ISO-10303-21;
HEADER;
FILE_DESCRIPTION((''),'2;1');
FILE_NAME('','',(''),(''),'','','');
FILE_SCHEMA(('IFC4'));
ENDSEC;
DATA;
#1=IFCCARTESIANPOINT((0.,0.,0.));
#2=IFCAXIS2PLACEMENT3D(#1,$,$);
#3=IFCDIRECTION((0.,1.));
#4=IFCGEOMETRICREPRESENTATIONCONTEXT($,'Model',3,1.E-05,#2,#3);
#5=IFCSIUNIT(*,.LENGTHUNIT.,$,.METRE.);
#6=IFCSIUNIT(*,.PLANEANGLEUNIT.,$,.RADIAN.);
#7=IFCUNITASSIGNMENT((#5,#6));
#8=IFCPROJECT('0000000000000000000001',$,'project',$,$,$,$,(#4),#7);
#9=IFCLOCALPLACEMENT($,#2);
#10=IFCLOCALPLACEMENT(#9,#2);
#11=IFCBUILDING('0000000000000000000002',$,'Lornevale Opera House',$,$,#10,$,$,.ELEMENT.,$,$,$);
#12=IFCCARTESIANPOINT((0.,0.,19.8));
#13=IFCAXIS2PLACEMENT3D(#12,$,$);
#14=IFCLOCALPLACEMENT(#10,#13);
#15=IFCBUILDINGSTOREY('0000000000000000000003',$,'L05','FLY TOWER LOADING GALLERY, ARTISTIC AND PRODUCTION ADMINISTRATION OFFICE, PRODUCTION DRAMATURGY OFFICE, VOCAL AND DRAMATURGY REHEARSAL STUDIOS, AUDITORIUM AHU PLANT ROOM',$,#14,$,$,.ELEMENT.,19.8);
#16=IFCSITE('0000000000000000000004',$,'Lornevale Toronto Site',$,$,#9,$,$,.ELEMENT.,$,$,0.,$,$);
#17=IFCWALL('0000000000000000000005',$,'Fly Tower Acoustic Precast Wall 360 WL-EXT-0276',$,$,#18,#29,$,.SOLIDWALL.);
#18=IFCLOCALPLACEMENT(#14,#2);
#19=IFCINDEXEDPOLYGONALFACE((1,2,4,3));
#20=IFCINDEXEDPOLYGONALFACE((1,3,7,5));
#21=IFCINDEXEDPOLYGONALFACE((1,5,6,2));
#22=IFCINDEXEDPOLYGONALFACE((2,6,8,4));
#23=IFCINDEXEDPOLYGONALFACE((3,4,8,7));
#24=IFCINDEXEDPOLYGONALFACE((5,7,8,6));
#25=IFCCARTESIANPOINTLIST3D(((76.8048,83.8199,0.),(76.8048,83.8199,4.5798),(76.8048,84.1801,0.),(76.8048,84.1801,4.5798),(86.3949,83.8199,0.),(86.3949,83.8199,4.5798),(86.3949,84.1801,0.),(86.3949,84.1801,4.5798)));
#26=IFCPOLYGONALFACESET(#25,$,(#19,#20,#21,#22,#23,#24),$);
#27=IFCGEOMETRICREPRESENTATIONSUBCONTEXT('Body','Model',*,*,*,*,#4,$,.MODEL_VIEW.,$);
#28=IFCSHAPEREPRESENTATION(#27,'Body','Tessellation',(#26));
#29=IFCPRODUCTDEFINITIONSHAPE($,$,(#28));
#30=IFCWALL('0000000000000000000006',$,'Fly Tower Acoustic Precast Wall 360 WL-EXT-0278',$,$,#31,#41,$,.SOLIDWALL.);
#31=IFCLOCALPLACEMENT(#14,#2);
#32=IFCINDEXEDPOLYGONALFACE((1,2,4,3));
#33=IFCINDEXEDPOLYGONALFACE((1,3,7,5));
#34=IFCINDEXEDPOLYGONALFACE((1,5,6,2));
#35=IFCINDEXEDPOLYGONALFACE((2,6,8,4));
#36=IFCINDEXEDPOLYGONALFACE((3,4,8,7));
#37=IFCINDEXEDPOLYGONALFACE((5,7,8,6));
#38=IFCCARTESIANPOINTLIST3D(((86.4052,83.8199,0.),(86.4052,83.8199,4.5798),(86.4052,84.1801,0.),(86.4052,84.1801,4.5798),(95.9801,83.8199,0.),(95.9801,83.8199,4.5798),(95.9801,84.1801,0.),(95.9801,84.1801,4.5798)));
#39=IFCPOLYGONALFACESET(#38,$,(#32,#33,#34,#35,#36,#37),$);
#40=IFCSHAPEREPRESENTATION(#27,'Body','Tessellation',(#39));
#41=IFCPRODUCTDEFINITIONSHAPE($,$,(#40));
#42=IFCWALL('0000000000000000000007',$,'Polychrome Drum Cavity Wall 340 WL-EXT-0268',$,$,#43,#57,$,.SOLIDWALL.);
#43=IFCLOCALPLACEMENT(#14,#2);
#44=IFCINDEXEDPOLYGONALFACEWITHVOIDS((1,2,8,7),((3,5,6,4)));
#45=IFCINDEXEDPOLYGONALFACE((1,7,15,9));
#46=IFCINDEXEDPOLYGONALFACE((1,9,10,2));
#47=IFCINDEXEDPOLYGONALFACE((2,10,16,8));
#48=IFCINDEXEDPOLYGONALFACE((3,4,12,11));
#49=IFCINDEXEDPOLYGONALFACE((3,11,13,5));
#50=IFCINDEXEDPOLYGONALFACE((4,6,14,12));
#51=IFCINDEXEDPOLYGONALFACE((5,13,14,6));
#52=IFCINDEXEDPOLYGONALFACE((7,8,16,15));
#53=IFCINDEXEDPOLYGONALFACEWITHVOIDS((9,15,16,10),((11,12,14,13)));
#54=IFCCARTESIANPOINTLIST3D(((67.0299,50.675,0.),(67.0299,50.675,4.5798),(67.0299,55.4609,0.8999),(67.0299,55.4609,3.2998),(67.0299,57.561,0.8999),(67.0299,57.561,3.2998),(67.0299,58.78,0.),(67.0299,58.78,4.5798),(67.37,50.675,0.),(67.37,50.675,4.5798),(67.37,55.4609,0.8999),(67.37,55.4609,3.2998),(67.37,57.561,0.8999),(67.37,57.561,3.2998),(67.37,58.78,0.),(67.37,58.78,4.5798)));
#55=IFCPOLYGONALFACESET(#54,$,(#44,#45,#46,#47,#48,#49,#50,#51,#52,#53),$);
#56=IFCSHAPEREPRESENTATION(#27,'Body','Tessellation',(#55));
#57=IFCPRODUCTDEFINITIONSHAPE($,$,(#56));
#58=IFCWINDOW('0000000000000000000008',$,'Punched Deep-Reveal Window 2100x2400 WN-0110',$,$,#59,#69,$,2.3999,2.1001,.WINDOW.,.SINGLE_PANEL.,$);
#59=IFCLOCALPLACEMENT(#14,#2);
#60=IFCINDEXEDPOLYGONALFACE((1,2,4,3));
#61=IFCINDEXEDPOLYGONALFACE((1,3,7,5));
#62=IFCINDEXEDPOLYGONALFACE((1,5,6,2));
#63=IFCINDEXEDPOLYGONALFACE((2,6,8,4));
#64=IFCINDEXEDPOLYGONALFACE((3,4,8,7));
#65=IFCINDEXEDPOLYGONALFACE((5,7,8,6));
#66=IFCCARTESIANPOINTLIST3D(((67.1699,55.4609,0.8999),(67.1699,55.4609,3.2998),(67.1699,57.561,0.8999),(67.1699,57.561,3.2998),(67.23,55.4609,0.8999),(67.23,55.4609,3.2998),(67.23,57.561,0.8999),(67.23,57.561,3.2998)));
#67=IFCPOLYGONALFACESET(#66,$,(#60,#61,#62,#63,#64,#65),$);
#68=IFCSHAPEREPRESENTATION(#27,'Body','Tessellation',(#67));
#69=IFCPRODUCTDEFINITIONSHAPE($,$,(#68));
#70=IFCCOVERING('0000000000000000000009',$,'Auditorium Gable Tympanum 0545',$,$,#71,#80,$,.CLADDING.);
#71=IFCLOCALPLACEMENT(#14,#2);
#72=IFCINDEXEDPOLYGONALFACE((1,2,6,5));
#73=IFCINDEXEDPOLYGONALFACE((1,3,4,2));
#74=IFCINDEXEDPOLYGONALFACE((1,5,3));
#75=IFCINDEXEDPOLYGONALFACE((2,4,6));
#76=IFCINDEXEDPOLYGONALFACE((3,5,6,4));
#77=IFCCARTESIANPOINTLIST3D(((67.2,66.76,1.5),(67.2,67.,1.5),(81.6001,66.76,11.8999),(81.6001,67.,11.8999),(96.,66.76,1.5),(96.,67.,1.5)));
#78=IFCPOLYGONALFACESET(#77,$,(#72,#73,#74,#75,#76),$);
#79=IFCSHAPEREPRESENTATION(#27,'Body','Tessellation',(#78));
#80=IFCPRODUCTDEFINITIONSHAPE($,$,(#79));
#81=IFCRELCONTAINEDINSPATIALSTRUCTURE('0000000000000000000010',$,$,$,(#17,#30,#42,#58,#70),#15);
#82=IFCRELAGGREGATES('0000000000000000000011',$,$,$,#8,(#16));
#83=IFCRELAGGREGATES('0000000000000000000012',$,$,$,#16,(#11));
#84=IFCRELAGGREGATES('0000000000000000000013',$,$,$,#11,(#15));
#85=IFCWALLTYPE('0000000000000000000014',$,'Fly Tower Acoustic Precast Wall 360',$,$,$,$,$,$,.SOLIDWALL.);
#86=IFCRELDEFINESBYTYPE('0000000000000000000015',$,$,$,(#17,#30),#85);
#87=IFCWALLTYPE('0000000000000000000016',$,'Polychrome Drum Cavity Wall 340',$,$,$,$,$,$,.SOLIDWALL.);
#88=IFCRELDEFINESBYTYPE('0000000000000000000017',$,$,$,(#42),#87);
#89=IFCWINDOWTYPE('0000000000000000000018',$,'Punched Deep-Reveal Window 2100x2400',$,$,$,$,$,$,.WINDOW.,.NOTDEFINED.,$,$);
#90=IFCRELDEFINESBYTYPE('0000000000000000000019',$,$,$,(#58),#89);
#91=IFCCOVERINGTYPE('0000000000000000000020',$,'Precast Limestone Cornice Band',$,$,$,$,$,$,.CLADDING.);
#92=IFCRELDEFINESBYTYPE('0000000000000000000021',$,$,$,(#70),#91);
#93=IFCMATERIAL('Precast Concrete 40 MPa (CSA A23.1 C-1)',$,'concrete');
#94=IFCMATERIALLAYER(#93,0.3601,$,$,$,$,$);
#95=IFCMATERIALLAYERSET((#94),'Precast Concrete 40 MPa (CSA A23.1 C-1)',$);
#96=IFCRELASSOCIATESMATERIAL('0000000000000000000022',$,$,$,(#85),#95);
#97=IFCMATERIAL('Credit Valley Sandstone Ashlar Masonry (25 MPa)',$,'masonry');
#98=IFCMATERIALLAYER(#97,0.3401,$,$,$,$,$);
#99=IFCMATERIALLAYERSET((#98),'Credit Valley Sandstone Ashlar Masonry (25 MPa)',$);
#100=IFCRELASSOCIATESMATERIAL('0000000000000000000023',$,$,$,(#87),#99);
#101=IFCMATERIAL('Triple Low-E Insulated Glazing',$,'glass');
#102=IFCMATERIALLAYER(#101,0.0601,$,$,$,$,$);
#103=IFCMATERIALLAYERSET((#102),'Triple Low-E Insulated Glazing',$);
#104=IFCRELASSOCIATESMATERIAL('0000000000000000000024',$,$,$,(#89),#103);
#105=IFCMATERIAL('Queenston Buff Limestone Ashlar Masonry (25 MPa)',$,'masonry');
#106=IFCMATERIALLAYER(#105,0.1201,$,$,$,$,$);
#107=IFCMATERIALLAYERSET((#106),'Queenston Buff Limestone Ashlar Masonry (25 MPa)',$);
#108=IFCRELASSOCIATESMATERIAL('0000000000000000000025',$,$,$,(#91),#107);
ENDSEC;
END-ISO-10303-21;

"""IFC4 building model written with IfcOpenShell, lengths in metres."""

from ifc_helpers import new_model, si_unit, direction, frame, frame_2d, origin, place, context, subcontext, project, spatial, polyline, rectangle, outline, extrude, material, layer, layer_set, type_object, element, fill, save


model = new_model("IFC4")

# Units and contexts
model_context = context("Model", 3, precision=1e-05, world=origin(), true_north=direction((0.0, 1.0)))
body_context = subcontext(model_context, "Body", "Model", "MODEL_VIEW")
ifc_project = project(units=[si_unit("LENGTHUNIT", "METRE"), si_unit("PLANEANGLEUNIT", "RADIAN")], contexts=[model_context])

# Site, building, storey
site_placement = place(None, origin())
site = spatial("IfcSite", under=ifc_project, at=site_placement, Name="Lornevale Toronto Site", CompositionType="ELEMENT", RefElevation=0.0)
building_placement = place(site_placement, origin())
building = spatial("IfcBuilding", under=site, at=building_placement, Name="Lornevale Opera House", CompositionType="ELEMENT")
storey_placement = place(building_placement, frame((0.0, 0.0, 19.8)))
storey = spatial("IfcBuildingStorey", under=building, at=storey_placement, Name="L05", Description="FLY TOWER LOADING GALLERY, ARTISTIC AND PRODUCTION ADMINISTRATION OFFICE, PRODUCTION DRAMATURGY OFFICE, VOCAL AND DRAMATURGY REHEARSAL STUDIOS, AUDITORIUM AHU PLANT ROOM", CompositionType="ELEMENT", Elevation=19.8)

# Walls
ifc_material_1 = material(Name="Precast Concrete 40 MPa (CSA A23.1 C-1)", Category="concrete")
ifc_layer_1 = layer(ifc_material_1, 0.3601)
ifc_layer_set_1 = layer_set([ifc_layer_1], Name="Precast Concrete 40 MPa (CSA A23.1 C-1)")
wall_type_1 = type_object("IfcWallType", Name="Fly Tower Acoustic Precast Wall 360", PredefinedType="SOLIDWALL", material=ifc_layer_set_1)
wall_1_placement = place(storey_placement, frame((76.8049, 84.0, 0.0), z_axis=(0.0, 0.0, 1.0), x_axis=(1.0, 0.0, 0.0)))
element("IfcWall", 1, at=wall_1_placement, inside=storey, type_object=wall_type_1, Name="Fly Tower Acoustic Precast Wall 360 WL-EXT-0276", PredefinedType="SOLIDWALL", context=body_context, shape_type="SweptSolid", body=[
    extrude(rectangle(XDim=9.5901, YDim=0.3601, at=frame_2d((4.7949, 0.0))), origin(), (0.0, 0.0, 1.0), 4.5798),
])
wall_2_placement = place(storey_placement, frame((86.405, 84.0, 0.0), z_axis=(0.0, 0.0, 1.0), x_axis=(1.0, 0.0, 0.0)))
element("IfcWall", 2, at=wall_2_placement, inside=storey, type_object=wall_type_1, Name="Fly Tower Acoustic Precast Wall 360 WL-EXT-0278", PredefinedType="SOLIDWALL", context=body_context, shape_type="SweptSolid", body=[
    extrude(rectangle(XDim=9.575, YDim=0.3601, at=frame_2d((4.7876, 0.0))), origin(), (0.0, 0.0, 1.0), 4.5798),
])

# Wall, opening, window
ifc_material_2 = material(Name="Credit Valley Sandstone Ashlar Masonry (25 MPa)", Category="masonry")
ifc_layer_2 = layer(ifc_material_2, 0.3401)
ifc_layer_set_2 = layer_set([ifc_layer_2], Name="Credit Valley Sandstone Ashlar Masonry (25 MPa)")
wall_type_2 = type_object("IfcWallType", Name="Polychrome Drum Cavity Wall 340", PredefinedType="SOLIDWALL", material=ifc_layer_set_2)
wall_3_placement = place(storey_placement, frame((67.2, 58.78, 0.0), z_axis=(0.0, 0.0, 1.0), x_axis=(0.0, -1.0, 0.0)))
wall_3 = element("IfcWall", 3, at=wall_3_placement, inside=storey, type_object=wall_type_2, Name="Polychrome Drum Cavity Wall 340 WL-EXT-0268", PredefinedType="SOLIDWALL", context=body_context, shape_type="SweptSolid", body=[
    extrude(rectangle(XDim=8.105, YDim=0.3401, at=frame_2d((4.0525, 0.0))), origin(), (0.0, 0.0, 1.0), 4.5798),
])
opening_placement = place(wall_3_placement, frame((1.219, 0.0, 0.8999)))
opening = element("IfcOpeningElement", 4, at=opening_placement, cuts=wall_3, PredefinedType="OPENING", context=body_context, shape_type="SweptSolid", body=[
    extrude(rectangle(XDim=2.1001, YDim=2.3999, at=frame_2d((1.05, 1.2))), frame((0.0, 0.1799, 0.0), z_axis=(0.0, -1.0, 0.0), x_axis=(1.0, 0.0, 0.0)), (0.0, 0.0, 1.0), 0.3601),
])
ifc_material_3 = material(Name="Triple Low-E Insulated Glazing", Category="glass")
ifc_layer_3 = layer(ifc_material_3, 0.0601)
ifc_layer_set_3 = layer_set([ifc_layer_3], Name="Triple Low-E Insulated Glazing")
window_type = type_object("IfcWindowType", Name="Punched Deep-Reveal Window 2100x2400", PartitioningType="NOTDEFINED", PredefinedType="WINDOW", material=ifc_layer_set_3)
window_placement = place(opening_placement, origin())
window = element("IfcWindow", 5, at=window_placement, inside=storey, type_object=window_type, Name="Punched Deep-Reveal Window 2100x2400 WN-0110", OverallHeight=2.3999, OverallWidth=2.1001, PartitioningType="SINGLE_PANEL", PredefinedType="WINDOW", context=body_context, shape_type="SweptSolid", body=[
    extrude(rectangle(XDim=2.1001, YDim=2.3999, at=frame_2d((1.05, 1.2))), frame((0.0, 0.03, 0.0), z_axis=(0.0, -1.0, 0.0), x_axis=(1.0, 0.0, 0.0)), (0.0, 0.0, 1.0), 0.0601),
])
fill(opening, window)

# Covering
ifc_material_4 = material(Name="Queenston Buff Limestone Ashlar Masonry (25 MPa)", Category="masonry")
ifc_layer_4 = layer(ifc_material_4, 0.1201)
ifc_layer_set_4 = layer_set([ifc_layer_4], Name="Queenston Buff Limestone Ashlar Masonry (25 MPa)")
covering_type = type_object("IfcCoveringType", Name="Precast Limestone Cornice Band", PredefinedType="CLADDING", material=ifc_layer_set_4)
covering_placement = place(storey_placement, frame((67.2, 67.0, 1.5), z_axis=(0.0, 1.0, 0.0), x_axis=(0.810685, 0.0, 0.585483)))
element("IfcCovering", 6, at=covering_placement, inside=storey, type_object=covering_type, Name="Auditorium Gable Tympanum 0545", PredefinedType="CLADDING", context=body_context, shape_type="SweptSolid", body=[
    extrude(outline(polyline([(0.0, 0.0), (17.7629, 0.0), (23.3478, 16.8619), (0.0, 0.0)])), origin(), (0.0, 0.0, -1.0), 0.24),
])

save(model, "model.ifc")
